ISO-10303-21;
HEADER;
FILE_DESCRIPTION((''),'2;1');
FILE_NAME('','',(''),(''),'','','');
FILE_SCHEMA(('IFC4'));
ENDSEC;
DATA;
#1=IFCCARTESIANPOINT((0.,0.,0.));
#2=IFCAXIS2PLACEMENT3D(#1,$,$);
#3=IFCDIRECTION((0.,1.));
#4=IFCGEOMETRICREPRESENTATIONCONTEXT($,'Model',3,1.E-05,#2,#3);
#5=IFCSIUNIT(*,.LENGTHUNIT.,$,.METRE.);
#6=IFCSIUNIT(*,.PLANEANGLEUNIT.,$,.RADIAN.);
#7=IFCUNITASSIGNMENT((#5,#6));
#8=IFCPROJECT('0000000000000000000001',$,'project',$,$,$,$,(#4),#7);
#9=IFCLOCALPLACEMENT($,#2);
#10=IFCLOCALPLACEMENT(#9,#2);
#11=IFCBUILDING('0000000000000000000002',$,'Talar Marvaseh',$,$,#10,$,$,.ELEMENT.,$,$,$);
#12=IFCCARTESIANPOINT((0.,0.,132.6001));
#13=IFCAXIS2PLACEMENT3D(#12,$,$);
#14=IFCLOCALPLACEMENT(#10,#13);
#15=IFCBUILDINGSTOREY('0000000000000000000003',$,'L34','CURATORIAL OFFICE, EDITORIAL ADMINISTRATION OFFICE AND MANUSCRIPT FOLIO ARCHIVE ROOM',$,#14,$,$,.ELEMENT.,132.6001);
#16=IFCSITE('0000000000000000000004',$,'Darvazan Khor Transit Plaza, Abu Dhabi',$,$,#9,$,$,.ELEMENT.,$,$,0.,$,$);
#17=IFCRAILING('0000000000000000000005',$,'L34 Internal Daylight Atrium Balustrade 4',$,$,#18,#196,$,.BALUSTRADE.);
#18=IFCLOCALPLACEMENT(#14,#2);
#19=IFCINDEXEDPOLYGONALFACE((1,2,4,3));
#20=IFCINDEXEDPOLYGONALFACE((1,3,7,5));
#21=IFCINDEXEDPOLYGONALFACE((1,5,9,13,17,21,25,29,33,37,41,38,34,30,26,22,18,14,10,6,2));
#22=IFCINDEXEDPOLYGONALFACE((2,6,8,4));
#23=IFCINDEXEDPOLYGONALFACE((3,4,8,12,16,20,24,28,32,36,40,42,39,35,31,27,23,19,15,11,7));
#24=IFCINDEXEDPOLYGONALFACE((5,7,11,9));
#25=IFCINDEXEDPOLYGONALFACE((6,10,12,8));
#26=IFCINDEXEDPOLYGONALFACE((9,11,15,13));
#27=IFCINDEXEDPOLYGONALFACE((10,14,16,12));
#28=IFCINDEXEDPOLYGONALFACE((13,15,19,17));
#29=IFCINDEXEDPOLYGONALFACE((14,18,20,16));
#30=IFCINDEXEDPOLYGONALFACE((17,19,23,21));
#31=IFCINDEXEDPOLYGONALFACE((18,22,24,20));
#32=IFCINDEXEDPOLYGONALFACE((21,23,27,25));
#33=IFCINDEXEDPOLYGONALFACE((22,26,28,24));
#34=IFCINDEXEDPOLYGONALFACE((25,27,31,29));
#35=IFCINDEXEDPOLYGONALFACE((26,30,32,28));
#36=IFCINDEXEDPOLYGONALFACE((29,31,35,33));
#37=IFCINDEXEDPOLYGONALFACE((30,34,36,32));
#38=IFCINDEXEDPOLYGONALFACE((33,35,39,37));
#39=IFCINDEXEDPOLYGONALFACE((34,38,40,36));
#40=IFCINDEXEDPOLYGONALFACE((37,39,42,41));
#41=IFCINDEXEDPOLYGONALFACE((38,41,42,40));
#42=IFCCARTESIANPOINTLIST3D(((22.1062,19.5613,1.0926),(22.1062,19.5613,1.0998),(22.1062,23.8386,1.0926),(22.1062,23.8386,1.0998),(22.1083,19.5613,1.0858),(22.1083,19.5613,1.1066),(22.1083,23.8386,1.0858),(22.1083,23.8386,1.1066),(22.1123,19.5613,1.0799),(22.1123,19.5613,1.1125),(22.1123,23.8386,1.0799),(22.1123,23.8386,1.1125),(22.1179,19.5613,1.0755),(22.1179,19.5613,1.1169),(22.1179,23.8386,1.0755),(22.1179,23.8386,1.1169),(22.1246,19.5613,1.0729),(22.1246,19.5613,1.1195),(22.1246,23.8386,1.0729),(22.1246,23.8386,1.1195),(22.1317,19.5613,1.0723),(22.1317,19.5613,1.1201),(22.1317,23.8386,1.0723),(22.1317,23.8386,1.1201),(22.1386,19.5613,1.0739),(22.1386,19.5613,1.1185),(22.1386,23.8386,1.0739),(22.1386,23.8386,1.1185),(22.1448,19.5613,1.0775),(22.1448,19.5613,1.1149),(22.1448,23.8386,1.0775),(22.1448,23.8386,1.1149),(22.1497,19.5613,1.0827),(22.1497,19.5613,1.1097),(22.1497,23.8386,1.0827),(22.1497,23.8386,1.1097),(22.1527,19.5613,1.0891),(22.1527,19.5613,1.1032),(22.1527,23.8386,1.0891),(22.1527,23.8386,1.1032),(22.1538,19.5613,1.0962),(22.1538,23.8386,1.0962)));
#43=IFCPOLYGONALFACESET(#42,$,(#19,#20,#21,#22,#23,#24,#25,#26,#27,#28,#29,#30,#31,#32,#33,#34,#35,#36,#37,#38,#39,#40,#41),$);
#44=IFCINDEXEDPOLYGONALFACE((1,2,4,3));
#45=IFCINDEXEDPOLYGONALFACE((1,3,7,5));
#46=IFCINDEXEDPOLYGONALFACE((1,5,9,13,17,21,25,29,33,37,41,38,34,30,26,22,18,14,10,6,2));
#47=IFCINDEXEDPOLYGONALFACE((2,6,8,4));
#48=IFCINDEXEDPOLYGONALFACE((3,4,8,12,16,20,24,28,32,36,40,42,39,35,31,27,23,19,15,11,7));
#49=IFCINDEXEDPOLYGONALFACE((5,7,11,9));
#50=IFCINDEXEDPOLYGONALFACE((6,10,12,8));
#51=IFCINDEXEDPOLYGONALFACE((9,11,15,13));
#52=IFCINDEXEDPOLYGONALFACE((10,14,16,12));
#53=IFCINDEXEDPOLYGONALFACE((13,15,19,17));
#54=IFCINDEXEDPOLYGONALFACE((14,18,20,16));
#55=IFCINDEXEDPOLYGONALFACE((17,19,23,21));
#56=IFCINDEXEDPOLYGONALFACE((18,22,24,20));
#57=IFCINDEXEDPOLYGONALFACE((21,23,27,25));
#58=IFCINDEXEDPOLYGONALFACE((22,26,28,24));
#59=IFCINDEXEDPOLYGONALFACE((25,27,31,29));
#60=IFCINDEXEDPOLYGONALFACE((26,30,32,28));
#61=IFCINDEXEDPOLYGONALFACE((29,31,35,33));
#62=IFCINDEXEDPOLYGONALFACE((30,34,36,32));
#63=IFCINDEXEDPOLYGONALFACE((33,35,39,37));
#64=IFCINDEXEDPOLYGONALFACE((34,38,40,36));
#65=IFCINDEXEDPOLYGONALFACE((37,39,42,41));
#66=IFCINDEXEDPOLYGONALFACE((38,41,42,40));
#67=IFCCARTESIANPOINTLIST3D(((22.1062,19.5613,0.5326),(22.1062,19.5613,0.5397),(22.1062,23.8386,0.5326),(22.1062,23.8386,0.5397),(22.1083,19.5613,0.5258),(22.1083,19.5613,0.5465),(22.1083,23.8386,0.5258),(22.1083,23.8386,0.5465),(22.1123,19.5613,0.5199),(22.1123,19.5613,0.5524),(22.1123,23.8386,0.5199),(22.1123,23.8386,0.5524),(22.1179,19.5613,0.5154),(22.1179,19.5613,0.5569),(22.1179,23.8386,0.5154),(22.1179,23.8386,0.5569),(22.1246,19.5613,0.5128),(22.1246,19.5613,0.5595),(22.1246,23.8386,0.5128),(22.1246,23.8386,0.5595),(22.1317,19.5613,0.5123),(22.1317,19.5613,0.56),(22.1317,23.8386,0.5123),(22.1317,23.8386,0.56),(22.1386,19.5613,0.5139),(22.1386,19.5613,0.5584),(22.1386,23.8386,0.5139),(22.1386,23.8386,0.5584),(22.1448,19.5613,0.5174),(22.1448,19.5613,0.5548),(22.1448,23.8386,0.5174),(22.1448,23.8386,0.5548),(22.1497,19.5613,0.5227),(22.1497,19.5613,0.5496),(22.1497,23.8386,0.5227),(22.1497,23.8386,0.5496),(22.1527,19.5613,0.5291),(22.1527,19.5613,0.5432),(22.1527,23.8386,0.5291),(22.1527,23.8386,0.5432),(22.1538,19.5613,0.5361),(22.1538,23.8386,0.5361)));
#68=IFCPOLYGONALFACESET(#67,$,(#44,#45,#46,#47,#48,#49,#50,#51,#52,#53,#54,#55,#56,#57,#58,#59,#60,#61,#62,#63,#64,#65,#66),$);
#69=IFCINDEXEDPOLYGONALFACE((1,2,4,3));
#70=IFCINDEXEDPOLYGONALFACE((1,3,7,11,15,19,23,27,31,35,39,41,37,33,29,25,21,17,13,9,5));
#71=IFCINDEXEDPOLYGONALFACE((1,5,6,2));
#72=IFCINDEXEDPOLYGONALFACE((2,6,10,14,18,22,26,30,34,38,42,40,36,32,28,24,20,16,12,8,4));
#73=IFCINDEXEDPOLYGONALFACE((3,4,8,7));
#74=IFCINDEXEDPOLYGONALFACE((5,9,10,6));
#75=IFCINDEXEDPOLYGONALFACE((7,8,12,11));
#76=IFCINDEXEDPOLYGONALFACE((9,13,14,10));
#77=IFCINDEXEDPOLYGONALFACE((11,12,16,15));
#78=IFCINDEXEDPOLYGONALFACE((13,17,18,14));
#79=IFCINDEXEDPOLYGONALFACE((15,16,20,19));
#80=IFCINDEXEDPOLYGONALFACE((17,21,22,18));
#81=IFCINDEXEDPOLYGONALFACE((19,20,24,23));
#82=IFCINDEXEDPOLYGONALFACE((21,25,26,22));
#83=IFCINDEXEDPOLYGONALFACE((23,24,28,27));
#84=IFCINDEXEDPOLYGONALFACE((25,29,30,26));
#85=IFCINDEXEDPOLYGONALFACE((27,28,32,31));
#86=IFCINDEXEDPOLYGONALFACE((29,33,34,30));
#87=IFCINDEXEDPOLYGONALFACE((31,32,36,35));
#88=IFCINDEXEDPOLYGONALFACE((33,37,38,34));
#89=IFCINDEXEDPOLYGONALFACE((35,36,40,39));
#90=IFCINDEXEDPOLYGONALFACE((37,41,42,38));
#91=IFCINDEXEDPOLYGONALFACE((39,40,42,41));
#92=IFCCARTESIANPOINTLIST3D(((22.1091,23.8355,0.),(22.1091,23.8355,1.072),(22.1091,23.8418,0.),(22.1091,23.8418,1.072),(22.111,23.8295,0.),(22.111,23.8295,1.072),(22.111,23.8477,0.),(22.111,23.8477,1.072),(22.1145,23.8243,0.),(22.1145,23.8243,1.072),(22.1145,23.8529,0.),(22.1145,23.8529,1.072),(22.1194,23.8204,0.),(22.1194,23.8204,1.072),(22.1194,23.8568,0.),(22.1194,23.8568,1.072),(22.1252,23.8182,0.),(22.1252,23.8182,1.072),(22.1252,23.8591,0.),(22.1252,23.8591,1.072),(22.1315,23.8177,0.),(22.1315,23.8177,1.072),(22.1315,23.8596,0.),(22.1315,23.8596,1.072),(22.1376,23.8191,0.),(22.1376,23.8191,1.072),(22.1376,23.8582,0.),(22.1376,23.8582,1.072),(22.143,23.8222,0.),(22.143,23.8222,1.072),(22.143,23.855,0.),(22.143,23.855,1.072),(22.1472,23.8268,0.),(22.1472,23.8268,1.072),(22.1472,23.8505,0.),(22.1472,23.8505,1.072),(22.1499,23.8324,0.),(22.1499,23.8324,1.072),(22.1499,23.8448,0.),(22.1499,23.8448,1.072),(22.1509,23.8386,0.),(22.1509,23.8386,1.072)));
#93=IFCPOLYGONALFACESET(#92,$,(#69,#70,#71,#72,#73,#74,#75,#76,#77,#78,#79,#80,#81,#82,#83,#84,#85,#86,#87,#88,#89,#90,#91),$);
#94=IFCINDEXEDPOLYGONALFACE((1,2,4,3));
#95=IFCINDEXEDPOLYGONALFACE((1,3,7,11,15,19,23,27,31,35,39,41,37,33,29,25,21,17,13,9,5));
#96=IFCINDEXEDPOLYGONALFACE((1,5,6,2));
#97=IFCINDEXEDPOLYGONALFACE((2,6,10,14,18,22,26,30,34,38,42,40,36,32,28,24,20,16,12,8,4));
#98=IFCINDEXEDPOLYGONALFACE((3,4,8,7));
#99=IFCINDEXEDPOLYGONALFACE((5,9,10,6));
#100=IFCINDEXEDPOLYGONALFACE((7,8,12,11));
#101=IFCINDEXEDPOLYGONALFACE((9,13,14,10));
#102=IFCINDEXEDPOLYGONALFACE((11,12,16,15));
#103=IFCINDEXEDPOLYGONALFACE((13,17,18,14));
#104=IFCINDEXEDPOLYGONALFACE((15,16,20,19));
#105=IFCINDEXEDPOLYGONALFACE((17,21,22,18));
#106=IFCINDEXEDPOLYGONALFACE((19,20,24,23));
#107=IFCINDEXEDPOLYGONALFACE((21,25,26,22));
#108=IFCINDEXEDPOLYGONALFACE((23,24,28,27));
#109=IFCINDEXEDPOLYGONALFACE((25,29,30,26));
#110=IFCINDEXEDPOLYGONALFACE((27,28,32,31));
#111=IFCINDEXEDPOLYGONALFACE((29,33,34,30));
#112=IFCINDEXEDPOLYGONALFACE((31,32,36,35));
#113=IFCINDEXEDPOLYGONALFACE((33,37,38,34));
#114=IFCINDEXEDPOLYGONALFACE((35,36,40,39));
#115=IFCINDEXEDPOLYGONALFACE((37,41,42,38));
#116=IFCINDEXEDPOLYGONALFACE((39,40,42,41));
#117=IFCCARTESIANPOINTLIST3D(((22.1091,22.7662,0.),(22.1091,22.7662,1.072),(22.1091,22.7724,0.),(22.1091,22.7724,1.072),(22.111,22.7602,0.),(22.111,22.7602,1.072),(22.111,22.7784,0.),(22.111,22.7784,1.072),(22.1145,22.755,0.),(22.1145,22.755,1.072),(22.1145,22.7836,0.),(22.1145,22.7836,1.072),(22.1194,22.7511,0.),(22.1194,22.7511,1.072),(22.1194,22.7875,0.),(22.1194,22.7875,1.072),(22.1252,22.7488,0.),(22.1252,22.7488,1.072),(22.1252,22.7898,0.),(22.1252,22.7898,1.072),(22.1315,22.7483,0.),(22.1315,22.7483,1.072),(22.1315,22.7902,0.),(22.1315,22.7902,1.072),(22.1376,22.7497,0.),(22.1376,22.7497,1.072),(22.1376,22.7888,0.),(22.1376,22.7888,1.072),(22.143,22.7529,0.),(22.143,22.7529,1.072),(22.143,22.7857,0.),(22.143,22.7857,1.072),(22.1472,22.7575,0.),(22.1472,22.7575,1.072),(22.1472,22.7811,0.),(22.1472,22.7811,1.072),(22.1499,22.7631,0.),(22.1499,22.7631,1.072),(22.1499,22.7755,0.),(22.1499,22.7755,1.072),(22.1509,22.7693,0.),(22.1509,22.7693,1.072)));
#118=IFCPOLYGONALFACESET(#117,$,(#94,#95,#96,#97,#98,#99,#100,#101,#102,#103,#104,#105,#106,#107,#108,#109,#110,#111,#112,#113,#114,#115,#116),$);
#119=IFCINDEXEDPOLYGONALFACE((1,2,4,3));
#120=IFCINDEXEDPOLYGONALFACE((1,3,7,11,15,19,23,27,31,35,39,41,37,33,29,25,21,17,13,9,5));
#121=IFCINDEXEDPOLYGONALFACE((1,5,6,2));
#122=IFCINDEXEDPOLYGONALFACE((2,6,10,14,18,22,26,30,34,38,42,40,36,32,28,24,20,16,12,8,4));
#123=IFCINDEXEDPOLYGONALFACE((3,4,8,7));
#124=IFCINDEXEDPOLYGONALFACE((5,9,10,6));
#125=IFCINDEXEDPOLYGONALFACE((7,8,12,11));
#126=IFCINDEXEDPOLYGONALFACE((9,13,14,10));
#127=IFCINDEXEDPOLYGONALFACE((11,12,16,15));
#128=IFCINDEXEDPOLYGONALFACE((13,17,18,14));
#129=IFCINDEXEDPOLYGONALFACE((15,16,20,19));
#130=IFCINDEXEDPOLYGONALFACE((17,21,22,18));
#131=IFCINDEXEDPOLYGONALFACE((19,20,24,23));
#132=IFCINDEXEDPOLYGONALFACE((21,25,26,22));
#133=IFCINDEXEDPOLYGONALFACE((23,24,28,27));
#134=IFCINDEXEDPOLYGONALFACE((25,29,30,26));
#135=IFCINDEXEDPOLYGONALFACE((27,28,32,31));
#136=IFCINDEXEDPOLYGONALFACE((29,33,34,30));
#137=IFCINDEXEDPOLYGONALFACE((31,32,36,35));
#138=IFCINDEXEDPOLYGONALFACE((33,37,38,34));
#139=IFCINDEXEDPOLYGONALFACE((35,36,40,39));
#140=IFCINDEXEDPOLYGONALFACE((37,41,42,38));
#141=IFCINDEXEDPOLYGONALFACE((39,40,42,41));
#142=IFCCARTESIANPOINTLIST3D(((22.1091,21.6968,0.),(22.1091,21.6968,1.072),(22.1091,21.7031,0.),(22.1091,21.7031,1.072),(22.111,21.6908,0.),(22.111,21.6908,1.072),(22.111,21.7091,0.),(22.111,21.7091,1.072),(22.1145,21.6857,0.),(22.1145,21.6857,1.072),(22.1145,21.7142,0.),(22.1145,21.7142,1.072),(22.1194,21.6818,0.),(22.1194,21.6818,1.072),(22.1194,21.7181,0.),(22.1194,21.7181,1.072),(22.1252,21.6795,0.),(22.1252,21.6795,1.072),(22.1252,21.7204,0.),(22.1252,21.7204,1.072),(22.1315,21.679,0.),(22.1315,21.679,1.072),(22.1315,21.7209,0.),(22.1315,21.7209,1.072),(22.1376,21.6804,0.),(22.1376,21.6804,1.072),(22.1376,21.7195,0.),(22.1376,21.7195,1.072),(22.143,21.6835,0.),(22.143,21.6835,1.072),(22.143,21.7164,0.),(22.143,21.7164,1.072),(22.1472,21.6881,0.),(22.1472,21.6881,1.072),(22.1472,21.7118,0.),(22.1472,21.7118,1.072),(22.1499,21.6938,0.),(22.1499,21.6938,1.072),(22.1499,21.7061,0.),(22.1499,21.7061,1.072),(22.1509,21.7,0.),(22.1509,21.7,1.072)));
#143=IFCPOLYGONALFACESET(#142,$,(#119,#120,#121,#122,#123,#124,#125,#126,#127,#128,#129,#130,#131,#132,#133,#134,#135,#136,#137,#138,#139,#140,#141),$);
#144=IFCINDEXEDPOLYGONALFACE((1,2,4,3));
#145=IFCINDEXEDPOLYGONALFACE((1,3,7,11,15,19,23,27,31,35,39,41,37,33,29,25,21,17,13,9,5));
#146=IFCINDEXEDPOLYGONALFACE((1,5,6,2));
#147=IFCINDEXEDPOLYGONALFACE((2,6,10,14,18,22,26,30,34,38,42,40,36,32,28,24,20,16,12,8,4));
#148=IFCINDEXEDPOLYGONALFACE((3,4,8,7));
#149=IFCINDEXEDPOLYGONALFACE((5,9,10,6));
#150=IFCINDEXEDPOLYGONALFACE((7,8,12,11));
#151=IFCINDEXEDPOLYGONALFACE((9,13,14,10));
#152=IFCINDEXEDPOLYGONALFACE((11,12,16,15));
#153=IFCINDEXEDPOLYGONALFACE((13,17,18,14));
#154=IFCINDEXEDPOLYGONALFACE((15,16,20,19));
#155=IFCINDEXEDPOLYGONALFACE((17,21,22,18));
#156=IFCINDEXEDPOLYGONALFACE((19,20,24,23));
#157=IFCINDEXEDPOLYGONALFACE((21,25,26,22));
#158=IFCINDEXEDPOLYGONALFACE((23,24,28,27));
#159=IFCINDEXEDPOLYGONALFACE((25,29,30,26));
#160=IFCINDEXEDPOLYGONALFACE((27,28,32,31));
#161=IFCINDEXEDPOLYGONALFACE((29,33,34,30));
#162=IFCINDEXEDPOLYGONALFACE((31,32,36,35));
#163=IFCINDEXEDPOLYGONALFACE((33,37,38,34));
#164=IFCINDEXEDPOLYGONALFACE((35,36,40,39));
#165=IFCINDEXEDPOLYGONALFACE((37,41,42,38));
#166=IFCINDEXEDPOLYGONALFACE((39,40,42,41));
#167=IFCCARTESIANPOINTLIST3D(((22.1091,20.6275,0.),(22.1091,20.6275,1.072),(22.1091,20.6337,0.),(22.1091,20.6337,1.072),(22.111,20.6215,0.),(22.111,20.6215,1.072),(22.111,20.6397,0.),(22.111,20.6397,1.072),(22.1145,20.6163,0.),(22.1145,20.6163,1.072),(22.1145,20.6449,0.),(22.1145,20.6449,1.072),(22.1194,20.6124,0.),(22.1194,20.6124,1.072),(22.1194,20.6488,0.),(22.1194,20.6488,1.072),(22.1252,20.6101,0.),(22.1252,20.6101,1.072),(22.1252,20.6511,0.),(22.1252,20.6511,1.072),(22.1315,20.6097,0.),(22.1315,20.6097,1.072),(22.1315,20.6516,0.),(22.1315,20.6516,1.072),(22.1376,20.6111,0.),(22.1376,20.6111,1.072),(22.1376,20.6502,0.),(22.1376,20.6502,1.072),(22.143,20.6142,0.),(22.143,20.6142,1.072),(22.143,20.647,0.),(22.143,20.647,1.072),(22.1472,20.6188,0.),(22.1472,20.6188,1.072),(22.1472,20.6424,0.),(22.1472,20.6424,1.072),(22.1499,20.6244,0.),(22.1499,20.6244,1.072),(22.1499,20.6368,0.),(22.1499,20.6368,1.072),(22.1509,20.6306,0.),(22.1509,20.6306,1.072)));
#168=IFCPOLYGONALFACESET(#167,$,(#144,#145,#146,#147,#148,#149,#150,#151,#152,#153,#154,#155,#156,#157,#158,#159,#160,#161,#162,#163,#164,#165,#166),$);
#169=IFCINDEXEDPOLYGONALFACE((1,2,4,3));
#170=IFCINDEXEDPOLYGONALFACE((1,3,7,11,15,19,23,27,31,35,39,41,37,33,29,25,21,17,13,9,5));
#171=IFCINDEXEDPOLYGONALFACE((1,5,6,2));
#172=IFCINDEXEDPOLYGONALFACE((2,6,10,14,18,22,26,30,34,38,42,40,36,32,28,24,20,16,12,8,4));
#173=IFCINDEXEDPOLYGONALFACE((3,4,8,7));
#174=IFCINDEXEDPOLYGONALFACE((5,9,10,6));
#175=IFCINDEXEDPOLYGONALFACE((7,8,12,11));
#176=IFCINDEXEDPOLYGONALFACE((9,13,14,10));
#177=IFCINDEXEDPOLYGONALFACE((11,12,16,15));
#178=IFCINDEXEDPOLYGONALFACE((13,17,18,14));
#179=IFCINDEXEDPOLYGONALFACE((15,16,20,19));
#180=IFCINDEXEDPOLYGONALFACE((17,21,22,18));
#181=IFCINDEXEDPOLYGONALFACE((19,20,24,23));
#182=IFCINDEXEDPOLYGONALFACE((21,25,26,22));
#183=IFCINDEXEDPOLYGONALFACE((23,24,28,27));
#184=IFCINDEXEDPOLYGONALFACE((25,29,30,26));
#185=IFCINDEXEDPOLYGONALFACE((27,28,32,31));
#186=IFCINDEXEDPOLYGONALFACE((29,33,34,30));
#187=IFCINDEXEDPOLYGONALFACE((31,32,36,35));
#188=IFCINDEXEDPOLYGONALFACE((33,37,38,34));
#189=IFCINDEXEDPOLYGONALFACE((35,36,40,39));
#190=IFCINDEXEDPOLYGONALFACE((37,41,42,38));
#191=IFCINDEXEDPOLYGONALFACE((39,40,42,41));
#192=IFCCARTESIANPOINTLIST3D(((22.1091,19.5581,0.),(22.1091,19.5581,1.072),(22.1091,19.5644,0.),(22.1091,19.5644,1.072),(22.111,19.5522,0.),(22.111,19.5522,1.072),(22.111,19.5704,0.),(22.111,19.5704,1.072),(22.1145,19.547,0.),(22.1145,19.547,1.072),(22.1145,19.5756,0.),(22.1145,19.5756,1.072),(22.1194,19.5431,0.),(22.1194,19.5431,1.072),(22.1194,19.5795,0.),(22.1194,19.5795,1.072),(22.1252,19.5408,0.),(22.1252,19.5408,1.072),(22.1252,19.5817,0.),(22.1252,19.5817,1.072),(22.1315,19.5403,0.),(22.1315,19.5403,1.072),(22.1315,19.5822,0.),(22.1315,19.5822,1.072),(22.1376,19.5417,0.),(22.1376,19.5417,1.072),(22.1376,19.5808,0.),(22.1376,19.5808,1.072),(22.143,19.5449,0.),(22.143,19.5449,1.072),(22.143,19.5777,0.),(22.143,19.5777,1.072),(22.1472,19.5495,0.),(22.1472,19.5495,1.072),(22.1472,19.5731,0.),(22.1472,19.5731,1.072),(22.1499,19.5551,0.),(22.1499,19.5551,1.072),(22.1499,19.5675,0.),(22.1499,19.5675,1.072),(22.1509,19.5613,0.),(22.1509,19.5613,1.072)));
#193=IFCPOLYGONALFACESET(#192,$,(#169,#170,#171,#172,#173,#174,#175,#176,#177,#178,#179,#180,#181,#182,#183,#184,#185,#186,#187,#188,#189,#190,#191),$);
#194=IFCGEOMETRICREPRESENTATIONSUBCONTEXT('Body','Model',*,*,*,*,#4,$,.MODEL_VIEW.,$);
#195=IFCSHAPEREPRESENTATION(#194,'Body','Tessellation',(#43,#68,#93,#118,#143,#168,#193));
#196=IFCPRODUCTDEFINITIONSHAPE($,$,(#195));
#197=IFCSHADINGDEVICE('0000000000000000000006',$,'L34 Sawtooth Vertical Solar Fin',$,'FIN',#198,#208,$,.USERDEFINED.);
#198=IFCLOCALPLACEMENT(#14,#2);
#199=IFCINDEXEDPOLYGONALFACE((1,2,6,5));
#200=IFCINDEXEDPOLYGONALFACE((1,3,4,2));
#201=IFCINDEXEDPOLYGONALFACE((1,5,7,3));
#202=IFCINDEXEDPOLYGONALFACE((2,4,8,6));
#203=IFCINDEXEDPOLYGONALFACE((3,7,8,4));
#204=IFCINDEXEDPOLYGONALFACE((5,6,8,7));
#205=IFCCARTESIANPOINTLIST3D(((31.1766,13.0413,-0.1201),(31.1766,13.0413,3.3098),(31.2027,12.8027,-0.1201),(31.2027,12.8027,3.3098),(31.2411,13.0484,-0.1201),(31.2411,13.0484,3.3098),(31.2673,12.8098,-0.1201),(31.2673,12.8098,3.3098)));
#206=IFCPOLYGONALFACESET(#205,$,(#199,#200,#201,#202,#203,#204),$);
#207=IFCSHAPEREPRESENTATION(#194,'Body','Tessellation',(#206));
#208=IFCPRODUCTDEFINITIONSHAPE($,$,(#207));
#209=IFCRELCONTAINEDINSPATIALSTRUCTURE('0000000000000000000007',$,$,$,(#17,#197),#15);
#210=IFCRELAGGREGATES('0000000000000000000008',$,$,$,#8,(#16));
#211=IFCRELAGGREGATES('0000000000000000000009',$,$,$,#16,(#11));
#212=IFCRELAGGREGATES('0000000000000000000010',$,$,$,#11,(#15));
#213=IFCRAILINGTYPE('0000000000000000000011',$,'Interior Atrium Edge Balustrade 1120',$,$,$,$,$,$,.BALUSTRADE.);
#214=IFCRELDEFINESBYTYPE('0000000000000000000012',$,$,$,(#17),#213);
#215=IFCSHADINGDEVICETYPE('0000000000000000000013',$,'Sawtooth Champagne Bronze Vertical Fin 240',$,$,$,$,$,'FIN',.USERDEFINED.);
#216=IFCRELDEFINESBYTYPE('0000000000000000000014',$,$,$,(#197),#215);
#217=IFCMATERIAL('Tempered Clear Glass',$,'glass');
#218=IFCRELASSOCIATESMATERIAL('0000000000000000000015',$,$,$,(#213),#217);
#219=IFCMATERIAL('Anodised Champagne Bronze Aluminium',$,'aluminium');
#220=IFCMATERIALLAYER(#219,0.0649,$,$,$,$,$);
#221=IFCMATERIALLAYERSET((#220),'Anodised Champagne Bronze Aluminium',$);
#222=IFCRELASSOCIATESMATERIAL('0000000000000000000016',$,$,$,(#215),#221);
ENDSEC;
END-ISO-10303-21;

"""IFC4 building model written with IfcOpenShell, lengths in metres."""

from ifc_helpers import new_model, si_unit, direction, frame, origin, origin_2d, place, context, subcontext, project, spatial, rectangle, circle, extrude, source, transform, mapped, material, layer, layer_set, type_object, type_shapes, element, save


model = new_model("IFC4")

# Units and contexts
model_context = context("Model", 3, precision=1e-05, world=origin(), true_north=direction((0.0, 1.0)))
body_context = subcontext(model_context, "Body", "Model", "MODEL_VIEW")
ifc_project = project(units=[si_unit("LENGTHUNIT", "METRE"), si_unit("PLANEANGLEUNIT", "RADIAN")], contexts=[model_context])

# Site, building, storey
site_placement = place(None, origin())
site = spatial("IfcSite", under=ifc_project, at=site_placement, Name="Darvazan Khor Transit Plaza, Abu Dhabi", CompositionType="ELEMENT", RefElevation=0.0)
building_placement = place(site_placement, origin())
building = spatial("IfcBuilding", under=site, at=building_placement, Name="Talar Marvaseh", CompositionType="ELEMENT")
storey_placement = place(building_placement, frame((0.0, 0.0, 132.6001)))
storey = spatial("IfcBuildingStorey", under=building, at=storey_placement, Name="L34", Description="CURATORIAL OFFICE, EDITORIAL ADMINISTRATION OFFICE AND MANUSCRIPT FOLIO ARCHIVE ROOM", CompositionType="ELEMENT", Elevation=132.6001)

# Railing
ifc_material_1 = material(Name="Tempered Clear Glass", Category="glass")
railing_type_1 = type_object("IfcRailingType", Name="Interior Atrium Edge Balustrade 1120", PredefinedType="BALUSTRADE", material=ifc_material_1)
railing_1_placement = place(storey_placement, frame((22.1299, 23.8386, 0.0)))
element("IfcRailing", 1, at=railing_1_placement, inside=storey, type_object=railing_type_1, Name="L34 Internal Daylight Atrium Balustrade 4", PredefinedType="BALUSTRADE", context=body_context, shape_type="SweptSolid", body=[
    extrude(circle(Radius=0.0239, at=origin_2d()), frame((0.0, 0.0, 1.0962), z_axis=(0.0, -1.0, 0.0), x_axis=(1.0, 0.0, 0.0)), (0.0, 0.0, 1.0), 4.2773),
    extrude(circle(Radius=0.0239, at=origin_2d()), frame((0.0, 0.0, 0.5361), z_axis=(0.0, -1.0, 0.0), x_axis=(1.0, 0.0, 0.0)), (0.0, 0.0, 1.0), 4.2773),
    extrude(circle(Radius=0.021, at=origin_2d()), origin(), (0.0, 0.0, 1.0), 1.072),
    extrude(circle(Radius=0.021, at=origin_2d()), frame((0.0, -1.0693, 0.0)), (0.0, 0.0, 1.0), 1.072),
    extrude(circle(Radius=0.021, at=origin_2d()), frame((0.0, -2.1387, 0.0)), (0.0, 0.0, 1.0), 1.072),
    extrude(circle(Radius=0.021, at=origin_2d()), frame((0.0, -3.208, 0.0)), (0.0, 0.0, 1.0), 1.072),
    extrude(circle(Radius=0.021, at=origin_2d()), frame((0.0, -4.2773, 0.0)), (0.0, 0.0, 1.0), 1.072),
])

# Shading device
ifc_material_2 = material(Name="Anodised Champagne Bronze Aluminium", Category="aluminium")
ifc_layer_1 = layer(ifc_material_2, 0.0649)
ifc_layer_set_1 = layer_set([ifc_layer_1], Name="Anodised Champagne Bronze Aluminium")
shading_device_type = type_object("IfcShadingDeviceType", Name="Sawtooth Champagne Bronze Vertical Fin 240", ElementType="FIN", PredefinedType="USERDEFINED", material=ifc_layer_set_1)
shared_shape_1 = source(origin(), body_context, "Body", "SweptSolid", [
    extrude(rectangle(XDim=0.24, YDim=0.0649, at=origin_2d()), origin(), (0.0, 0.0, 1.0), 3.4299),
])
type_shapes(shading_device_type, [shared_shape_1])
shading_device_placement = place(storey_placement, frame((31.2219, 12.9255, -0.1201), z_axis=(0.0, 0.0, 1.0), x_axis=(0.10904, -0.994037, 0.0)))
element("IfcShadingDevice", 2, at=shading_device_placement, inside=storey, type_object=shading_device_type, Name="L34 Sawtooth Vertical Solar Fin", ObjectType="FIN", PredefinedType="USERDEFINED", context=body_context, shape_type="MappedRepresentation", body=[
    mapped(shared_shape_1, transform((0.0, 0.0, 0.0), x_axis=(1.0, 0.0, 0.0), y_axis=(0.0, 1.0, 0.0), z_axis=(0.0, 0.0, 1.0), scale=1.0)),
])

save(model, "model.ifc")
